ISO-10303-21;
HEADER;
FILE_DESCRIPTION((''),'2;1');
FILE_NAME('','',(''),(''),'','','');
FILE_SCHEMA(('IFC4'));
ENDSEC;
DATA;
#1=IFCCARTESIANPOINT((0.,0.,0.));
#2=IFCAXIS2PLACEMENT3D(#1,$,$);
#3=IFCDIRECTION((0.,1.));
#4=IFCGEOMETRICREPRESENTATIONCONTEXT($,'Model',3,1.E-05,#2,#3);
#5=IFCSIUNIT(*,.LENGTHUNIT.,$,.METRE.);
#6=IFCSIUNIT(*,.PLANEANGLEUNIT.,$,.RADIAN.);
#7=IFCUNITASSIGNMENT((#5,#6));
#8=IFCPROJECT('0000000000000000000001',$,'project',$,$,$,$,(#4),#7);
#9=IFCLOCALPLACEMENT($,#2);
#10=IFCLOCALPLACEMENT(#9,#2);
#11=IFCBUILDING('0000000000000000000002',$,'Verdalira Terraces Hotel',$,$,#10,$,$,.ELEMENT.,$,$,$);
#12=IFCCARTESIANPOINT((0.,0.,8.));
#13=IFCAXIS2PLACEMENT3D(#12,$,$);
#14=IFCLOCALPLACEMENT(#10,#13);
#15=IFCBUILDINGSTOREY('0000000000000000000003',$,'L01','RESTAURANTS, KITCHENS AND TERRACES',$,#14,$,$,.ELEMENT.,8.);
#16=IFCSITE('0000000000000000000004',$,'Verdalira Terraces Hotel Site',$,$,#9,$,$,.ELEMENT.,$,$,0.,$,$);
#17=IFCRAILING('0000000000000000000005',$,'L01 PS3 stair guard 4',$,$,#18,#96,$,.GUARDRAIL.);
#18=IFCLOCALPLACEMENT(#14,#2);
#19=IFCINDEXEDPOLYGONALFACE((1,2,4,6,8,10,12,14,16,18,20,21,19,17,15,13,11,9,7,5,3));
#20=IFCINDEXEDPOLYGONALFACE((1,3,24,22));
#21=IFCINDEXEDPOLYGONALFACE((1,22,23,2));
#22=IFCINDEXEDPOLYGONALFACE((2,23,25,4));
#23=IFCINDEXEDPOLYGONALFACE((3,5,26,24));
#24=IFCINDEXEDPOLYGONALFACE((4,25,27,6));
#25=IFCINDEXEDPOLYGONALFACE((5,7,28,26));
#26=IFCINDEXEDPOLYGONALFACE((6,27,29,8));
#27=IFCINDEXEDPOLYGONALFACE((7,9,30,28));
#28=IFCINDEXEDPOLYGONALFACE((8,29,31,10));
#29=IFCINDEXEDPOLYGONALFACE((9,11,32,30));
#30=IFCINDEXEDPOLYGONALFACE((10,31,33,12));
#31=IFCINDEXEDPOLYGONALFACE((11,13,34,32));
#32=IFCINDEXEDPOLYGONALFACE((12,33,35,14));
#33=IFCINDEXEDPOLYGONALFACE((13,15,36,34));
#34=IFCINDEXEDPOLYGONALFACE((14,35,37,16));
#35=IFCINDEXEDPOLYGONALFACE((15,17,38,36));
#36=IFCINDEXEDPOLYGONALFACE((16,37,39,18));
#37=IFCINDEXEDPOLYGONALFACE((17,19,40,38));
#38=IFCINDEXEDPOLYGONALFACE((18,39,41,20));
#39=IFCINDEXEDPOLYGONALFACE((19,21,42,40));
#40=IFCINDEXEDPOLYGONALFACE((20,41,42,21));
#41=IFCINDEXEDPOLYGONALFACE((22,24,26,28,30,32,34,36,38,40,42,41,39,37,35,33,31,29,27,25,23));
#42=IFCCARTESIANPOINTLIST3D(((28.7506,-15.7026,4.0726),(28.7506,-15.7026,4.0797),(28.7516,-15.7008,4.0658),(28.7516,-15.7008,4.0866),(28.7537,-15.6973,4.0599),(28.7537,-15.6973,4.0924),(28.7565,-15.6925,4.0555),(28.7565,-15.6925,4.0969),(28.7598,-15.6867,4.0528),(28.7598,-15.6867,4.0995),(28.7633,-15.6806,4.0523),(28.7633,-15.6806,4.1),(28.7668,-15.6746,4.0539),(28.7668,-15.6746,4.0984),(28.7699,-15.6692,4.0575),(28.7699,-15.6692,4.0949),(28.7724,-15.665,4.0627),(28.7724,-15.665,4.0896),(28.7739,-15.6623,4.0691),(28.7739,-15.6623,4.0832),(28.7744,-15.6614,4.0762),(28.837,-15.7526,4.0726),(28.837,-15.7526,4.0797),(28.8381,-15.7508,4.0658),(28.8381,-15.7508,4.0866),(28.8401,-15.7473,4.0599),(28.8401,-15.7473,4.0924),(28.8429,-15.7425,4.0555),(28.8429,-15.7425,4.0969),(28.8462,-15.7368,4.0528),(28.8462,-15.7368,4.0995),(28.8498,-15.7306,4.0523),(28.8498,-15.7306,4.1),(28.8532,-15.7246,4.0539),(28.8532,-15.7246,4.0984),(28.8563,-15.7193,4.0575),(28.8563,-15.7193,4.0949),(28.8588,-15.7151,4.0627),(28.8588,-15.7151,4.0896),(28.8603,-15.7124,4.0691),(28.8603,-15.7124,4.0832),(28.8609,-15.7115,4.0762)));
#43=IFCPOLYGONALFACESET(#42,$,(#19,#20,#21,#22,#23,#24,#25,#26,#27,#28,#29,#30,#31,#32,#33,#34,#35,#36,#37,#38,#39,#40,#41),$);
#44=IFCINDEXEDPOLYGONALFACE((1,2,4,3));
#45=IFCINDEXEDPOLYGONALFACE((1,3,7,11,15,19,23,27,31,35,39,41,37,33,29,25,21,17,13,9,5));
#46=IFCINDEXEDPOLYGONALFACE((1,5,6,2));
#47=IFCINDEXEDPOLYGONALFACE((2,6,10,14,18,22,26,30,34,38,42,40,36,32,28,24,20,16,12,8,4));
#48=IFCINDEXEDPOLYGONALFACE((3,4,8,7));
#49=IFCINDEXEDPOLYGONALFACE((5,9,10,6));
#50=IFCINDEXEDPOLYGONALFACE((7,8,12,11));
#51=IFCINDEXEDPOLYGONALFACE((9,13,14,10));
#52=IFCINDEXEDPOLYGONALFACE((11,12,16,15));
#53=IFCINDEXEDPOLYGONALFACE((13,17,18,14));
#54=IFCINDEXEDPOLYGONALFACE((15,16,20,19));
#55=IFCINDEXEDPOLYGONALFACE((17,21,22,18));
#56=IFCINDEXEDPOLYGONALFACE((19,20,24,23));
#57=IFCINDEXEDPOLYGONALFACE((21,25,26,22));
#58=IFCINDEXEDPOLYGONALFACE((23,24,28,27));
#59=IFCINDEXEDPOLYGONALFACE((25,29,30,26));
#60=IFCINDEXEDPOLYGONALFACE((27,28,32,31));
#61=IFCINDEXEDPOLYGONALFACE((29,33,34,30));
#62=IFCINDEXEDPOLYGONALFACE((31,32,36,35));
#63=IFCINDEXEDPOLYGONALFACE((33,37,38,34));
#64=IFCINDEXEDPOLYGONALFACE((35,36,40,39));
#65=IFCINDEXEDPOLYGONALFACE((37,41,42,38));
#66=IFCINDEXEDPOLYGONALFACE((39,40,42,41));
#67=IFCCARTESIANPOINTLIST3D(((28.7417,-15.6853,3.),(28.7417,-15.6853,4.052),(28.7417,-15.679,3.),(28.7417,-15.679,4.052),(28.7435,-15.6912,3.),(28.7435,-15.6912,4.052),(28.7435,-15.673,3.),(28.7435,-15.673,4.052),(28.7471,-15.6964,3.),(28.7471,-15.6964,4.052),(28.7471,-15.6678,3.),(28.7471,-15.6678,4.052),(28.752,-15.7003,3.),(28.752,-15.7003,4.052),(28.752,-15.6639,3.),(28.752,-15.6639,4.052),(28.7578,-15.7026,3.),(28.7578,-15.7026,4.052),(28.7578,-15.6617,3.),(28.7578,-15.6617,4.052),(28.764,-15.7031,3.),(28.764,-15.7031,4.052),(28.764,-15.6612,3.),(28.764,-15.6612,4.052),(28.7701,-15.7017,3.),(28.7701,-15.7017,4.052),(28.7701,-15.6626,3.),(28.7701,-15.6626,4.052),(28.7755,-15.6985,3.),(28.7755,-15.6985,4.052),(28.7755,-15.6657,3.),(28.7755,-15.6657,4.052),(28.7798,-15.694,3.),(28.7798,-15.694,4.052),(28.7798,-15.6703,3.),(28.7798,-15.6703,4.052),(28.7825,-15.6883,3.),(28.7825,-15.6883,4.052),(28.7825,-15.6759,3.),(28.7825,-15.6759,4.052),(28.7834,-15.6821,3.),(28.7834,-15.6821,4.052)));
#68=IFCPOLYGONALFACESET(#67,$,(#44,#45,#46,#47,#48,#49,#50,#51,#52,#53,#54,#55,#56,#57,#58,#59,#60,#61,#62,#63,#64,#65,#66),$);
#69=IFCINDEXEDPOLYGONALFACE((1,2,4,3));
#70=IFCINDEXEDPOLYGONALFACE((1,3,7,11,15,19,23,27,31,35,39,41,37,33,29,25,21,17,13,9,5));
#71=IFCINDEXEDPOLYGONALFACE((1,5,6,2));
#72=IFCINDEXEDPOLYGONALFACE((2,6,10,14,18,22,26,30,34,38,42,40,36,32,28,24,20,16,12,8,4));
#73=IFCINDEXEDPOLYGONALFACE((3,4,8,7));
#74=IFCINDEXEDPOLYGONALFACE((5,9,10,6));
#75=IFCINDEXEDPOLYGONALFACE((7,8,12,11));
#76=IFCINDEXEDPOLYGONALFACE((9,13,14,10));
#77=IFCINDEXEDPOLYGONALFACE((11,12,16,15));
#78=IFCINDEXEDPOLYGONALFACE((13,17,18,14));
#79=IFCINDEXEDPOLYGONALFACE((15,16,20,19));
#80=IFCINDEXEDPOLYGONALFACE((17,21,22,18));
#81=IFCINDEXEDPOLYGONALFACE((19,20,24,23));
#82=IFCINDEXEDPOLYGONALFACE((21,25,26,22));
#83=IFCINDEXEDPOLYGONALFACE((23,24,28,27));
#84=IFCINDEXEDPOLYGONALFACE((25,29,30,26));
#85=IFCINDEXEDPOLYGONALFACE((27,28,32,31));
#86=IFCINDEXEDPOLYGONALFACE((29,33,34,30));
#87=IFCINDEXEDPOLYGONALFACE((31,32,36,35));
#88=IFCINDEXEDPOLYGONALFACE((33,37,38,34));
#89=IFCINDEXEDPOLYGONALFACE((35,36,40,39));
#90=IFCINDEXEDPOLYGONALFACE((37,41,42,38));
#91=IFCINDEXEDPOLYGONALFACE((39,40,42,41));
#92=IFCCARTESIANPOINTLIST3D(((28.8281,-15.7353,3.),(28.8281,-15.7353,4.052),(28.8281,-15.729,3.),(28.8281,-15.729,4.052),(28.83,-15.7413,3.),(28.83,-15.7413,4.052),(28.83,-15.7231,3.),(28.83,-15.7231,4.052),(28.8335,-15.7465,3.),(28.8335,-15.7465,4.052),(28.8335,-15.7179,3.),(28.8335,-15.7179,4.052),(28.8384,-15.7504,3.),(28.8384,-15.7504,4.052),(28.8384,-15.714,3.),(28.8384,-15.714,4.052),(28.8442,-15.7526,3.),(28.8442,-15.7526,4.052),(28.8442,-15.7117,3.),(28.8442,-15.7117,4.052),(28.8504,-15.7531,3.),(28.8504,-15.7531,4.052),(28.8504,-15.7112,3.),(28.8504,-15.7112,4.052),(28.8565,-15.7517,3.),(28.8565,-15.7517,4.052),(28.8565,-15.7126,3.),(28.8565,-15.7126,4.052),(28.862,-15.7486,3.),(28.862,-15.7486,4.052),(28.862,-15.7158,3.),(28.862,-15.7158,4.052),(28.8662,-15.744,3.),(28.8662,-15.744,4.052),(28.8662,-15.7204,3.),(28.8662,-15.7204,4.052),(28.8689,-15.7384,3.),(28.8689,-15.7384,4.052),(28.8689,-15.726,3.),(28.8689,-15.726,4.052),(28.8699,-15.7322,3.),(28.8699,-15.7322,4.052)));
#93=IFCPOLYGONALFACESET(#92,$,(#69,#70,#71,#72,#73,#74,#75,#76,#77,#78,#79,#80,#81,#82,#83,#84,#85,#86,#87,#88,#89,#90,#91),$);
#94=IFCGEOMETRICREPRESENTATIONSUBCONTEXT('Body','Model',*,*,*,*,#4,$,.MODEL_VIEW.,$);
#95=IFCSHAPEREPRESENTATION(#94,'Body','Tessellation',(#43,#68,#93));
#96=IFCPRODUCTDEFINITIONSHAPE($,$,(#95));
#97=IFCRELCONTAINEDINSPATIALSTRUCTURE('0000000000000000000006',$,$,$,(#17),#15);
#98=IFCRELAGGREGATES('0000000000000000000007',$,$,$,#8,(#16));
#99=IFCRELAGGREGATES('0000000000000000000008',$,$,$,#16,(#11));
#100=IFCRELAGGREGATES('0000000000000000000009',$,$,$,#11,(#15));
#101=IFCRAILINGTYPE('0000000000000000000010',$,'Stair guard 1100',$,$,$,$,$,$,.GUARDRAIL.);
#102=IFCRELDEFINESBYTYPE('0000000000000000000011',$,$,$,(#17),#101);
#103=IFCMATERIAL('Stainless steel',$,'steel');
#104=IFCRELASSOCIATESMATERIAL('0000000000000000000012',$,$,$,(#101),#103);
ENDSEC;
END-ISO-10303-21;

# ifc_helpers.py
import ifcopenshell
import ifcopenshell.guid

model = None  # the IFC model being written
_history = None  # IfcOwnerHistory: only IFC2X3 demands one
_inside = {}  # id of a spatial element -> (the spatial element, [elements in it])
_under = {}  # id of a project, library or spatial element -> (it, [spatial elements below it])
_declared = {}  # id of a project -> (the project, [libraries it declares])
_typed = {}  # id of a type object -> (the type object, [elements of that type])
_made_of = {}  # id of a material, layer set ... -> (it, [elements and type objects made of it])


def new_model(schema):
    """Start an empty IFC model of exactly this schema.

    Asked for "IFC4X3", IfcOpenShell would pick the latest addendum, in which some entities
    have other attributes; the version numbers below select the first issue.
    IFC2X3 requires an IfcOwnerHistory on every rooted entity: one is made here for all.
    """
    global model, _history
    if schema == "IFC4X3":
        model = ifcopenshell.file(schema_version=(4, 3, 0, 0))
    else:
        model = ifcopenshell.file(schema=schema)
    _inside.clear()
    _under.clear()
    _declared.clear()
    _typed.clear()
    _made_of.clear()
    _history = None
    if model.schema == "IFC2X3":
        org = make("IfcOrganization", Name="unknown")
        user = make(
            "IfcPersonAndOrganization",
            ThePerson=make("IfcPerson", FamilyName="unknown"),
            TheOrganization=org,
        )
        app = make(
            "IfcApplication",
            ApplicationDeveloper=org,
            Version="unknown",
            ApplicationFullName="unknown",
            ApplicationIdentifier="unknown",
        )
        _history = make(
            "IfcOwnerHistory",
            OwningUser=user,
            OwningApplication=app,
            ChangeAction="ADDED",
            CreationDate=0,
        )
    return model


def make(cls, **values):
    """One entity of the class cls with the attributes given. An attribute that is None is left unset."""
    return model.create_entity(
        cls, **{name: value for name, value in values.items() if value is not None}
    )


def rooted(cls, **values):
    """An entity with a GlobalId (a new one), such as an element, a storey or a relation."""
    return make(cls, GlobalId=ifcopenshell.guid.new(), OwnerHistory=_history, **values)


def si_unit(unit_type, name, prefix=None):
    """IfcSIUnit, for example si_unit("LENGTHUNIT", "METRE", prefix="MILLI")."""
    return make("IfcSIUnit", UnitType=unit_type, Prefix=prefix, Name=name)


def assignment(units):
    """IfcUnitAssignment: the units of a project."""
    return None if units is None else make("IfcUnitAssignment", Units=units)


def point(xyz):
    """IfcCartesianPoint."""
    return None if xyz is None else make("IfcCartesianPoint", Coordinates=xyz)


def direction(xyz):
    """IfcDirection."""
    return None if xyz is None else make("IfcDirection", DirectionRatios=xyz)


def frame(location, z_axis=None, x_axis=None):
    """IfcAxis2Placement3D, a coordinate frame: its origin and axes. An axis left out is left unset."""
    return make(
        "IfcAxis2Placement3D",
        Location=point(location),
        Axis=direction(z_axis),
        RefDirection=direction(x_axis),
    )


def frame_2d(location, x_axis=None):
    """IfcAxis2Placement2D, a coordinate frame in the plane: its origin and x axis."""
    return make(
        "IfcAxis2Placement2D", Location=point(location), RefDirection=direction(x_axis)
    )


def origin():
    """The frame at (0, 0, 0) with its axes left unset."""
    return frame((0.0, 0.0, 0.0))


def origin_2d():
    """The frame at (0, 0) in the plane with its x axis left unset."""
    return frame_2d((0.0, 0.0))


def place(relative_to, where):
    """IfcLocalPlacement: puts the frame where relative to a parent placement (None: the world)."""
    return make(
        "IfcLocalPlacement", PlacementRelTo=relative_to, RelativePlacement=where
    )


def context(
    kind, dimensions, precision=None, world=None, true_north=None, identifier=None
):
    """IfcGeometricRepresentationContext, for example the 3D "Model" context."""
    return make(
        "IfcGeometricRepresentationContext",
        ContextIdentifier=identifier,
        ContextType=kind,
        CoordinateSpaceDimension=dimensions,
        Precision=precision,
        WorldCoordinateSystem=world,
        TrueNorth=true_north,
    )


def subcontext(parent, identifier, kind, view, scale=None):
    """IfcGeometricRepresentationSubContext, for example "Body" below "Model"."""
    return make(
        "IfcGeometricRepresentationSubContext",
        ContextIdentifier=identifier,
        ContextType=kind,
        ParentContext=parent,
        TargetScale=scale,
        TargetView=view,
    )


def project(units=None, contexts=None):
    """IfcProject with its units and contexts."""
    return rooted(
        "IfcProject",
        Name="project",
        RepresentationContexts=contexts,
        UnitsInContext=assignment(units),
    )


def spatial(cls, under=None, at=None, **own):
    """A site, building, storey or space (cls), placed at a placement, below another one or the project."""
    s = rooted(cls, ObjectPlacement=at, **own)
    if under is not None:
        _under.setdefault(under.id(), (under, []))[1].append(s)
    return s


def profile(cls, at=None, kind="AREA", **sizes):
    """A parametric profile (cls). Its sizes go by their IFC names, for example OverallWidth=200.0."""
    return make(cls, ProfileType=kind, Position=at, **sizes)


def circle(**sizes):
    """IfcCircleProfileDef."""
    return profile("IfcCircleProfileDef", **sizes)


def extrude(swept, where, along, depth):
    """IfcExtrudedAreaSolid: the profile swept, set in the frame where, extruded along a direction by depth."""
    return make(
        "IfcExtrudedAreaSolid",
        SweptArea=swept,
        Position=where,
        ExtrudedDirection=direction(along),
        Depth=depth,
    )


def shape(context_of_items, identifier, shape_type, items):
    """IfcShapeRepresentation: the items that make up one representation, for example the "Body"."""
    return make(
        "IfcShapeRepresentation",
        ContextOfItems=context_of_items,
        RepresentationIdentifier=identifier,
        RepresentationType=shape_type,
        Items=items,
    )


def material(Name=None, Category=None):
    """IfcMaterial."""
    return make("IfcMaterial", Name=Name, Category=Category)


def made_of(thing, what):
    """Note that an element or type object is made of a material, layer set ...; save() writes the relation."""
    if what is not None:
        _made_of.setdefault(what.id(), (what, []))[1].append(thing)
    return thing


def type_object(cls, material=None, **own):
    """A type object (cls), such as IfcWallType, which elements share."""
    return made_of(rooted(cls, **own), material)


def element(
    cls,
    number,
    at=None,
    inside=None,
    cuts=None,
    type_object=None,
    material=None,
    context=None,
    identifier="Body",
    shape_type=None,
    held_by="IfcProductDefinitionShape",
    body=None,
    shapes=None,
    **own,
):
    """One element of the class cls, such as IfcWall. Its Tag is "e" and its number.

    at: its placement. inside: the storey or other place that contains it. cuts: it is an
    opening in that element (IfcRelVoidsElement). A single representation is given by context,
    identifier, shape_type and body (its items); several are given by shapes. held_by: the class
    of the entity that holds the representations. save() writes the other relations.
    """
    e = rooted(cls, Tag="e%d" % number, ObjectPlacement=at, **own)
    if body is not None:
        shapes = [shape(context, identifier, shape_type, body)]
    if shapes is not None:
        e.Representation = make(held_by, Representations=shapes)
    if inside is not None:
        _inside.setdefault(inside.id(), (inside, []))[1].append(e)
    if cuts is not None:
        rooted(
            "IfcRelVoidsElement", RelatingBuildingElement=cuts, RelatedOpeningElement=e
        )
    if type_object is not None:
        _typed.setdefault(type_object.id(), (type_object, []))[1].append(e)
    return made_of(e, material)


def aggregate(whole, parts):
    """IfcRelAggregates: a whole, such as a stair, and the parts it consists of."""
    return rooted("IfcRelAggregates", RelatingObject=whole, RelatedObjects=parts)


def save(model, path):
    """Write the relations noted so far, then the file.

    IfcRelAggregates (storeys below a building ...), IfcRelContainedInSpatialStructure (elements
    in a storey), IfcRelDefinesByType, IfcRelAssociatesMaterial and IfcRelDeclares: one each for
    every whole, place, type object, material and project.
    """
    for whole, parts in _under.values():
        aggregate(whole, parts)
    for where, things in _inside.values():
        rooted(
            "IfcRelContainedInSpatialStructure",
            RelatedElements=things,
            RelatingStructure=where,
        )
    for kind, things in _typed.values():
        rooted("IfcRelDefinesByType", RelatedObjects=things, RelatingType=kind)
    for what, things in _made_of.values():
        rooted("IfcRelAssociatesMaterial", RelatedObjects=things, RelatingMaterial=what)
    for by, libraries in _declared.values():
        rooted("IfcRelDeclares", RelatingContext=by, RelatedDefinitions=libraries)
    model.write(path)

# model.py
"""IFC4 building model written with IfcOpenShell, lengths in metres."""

from ifc_helpers import new_model, si_unit, direction, frame, origin, origin_2d, place, context, subcontext, project, spatial, circle, extrude, material, type_object, element, save


model = new_model("IFC4")

# Units and contexts
model_context = context("Model", 3, precision=1e-05, world=origin(), true_north=direction((0.0, 1.0)))
body_context = subcontext(model_context, "Body", "Model", "MODEL_VIEW")
ifc_project = project(units=[si_unit("LENGTHUNIT", "METRE"), si_unit("PLANEANGLEUNIT", "RADIAN")], contexts=[model_context])

# Site, building, storey
site_placement = place(None, origin())
site = spatial("IfcSite", under=ifc_project, at=site_placement, Name="Verdalira Terraces Hotel Site", CompositionType="ELEMENT", RefElevation=0.0)
building_placement = place(site_placement, origin())
building = spatial("IfcBuilding", under=site, at=building_placement, Name="Verdalira Terraces Hotel", CompositionType="ELEMENT")
storey_placement = place(building_placement, frame((0.0, 0.0, 8.0)))
storey = spatial("IfcBuildingStorey", under=building, at=storey_placement, Name="L01", Description="RESTAURANTS, KITCHENS AND TERRACES", CompositionType="ELEMENT", Elevation=8.0)

# Railing
ifc_material_1 = material(Name="Stainless steel", Category="steel")
railing_type_1 = type_object("IfcRailingType", Name="Stair guard 1100", PredefinedType="GUARDRAIL", material=ifc_material_1)
railing_1_placement = place(storey_placement, frame((28.7625, -15.6821, 3.0)))
element("IfcRailing", 1, at=railing_1_placement, inside=storey, type_object=railing_type_1, Name="L01 PS3 stair guard 4", PredefinedType="GUARDRAIL", context=body_context, shape_type="SweptSolid", body=[
    extrude(circle(Radius=0.0239, at=origin_2d()), frame((0.0, 0.0, 1.0762), z_axis=(0.86537, -0.501133, 0.0), x_axis=(0.501133, 0.86537, 0.0)), (0.0, 0.0, 1.0), 0.0999),
    extrude(circle(Radius=0.021, at=origin_2d()), origin(), (0.0, 0.0, 1.0), 1.052),
    extrude(circle(Radius=0.021, at=origin_2d()), frame((0.0864, -0.05, 0.0)), (0.0, 0.0, 1.0), 1.052),
])

save(model, "model.ifc")
